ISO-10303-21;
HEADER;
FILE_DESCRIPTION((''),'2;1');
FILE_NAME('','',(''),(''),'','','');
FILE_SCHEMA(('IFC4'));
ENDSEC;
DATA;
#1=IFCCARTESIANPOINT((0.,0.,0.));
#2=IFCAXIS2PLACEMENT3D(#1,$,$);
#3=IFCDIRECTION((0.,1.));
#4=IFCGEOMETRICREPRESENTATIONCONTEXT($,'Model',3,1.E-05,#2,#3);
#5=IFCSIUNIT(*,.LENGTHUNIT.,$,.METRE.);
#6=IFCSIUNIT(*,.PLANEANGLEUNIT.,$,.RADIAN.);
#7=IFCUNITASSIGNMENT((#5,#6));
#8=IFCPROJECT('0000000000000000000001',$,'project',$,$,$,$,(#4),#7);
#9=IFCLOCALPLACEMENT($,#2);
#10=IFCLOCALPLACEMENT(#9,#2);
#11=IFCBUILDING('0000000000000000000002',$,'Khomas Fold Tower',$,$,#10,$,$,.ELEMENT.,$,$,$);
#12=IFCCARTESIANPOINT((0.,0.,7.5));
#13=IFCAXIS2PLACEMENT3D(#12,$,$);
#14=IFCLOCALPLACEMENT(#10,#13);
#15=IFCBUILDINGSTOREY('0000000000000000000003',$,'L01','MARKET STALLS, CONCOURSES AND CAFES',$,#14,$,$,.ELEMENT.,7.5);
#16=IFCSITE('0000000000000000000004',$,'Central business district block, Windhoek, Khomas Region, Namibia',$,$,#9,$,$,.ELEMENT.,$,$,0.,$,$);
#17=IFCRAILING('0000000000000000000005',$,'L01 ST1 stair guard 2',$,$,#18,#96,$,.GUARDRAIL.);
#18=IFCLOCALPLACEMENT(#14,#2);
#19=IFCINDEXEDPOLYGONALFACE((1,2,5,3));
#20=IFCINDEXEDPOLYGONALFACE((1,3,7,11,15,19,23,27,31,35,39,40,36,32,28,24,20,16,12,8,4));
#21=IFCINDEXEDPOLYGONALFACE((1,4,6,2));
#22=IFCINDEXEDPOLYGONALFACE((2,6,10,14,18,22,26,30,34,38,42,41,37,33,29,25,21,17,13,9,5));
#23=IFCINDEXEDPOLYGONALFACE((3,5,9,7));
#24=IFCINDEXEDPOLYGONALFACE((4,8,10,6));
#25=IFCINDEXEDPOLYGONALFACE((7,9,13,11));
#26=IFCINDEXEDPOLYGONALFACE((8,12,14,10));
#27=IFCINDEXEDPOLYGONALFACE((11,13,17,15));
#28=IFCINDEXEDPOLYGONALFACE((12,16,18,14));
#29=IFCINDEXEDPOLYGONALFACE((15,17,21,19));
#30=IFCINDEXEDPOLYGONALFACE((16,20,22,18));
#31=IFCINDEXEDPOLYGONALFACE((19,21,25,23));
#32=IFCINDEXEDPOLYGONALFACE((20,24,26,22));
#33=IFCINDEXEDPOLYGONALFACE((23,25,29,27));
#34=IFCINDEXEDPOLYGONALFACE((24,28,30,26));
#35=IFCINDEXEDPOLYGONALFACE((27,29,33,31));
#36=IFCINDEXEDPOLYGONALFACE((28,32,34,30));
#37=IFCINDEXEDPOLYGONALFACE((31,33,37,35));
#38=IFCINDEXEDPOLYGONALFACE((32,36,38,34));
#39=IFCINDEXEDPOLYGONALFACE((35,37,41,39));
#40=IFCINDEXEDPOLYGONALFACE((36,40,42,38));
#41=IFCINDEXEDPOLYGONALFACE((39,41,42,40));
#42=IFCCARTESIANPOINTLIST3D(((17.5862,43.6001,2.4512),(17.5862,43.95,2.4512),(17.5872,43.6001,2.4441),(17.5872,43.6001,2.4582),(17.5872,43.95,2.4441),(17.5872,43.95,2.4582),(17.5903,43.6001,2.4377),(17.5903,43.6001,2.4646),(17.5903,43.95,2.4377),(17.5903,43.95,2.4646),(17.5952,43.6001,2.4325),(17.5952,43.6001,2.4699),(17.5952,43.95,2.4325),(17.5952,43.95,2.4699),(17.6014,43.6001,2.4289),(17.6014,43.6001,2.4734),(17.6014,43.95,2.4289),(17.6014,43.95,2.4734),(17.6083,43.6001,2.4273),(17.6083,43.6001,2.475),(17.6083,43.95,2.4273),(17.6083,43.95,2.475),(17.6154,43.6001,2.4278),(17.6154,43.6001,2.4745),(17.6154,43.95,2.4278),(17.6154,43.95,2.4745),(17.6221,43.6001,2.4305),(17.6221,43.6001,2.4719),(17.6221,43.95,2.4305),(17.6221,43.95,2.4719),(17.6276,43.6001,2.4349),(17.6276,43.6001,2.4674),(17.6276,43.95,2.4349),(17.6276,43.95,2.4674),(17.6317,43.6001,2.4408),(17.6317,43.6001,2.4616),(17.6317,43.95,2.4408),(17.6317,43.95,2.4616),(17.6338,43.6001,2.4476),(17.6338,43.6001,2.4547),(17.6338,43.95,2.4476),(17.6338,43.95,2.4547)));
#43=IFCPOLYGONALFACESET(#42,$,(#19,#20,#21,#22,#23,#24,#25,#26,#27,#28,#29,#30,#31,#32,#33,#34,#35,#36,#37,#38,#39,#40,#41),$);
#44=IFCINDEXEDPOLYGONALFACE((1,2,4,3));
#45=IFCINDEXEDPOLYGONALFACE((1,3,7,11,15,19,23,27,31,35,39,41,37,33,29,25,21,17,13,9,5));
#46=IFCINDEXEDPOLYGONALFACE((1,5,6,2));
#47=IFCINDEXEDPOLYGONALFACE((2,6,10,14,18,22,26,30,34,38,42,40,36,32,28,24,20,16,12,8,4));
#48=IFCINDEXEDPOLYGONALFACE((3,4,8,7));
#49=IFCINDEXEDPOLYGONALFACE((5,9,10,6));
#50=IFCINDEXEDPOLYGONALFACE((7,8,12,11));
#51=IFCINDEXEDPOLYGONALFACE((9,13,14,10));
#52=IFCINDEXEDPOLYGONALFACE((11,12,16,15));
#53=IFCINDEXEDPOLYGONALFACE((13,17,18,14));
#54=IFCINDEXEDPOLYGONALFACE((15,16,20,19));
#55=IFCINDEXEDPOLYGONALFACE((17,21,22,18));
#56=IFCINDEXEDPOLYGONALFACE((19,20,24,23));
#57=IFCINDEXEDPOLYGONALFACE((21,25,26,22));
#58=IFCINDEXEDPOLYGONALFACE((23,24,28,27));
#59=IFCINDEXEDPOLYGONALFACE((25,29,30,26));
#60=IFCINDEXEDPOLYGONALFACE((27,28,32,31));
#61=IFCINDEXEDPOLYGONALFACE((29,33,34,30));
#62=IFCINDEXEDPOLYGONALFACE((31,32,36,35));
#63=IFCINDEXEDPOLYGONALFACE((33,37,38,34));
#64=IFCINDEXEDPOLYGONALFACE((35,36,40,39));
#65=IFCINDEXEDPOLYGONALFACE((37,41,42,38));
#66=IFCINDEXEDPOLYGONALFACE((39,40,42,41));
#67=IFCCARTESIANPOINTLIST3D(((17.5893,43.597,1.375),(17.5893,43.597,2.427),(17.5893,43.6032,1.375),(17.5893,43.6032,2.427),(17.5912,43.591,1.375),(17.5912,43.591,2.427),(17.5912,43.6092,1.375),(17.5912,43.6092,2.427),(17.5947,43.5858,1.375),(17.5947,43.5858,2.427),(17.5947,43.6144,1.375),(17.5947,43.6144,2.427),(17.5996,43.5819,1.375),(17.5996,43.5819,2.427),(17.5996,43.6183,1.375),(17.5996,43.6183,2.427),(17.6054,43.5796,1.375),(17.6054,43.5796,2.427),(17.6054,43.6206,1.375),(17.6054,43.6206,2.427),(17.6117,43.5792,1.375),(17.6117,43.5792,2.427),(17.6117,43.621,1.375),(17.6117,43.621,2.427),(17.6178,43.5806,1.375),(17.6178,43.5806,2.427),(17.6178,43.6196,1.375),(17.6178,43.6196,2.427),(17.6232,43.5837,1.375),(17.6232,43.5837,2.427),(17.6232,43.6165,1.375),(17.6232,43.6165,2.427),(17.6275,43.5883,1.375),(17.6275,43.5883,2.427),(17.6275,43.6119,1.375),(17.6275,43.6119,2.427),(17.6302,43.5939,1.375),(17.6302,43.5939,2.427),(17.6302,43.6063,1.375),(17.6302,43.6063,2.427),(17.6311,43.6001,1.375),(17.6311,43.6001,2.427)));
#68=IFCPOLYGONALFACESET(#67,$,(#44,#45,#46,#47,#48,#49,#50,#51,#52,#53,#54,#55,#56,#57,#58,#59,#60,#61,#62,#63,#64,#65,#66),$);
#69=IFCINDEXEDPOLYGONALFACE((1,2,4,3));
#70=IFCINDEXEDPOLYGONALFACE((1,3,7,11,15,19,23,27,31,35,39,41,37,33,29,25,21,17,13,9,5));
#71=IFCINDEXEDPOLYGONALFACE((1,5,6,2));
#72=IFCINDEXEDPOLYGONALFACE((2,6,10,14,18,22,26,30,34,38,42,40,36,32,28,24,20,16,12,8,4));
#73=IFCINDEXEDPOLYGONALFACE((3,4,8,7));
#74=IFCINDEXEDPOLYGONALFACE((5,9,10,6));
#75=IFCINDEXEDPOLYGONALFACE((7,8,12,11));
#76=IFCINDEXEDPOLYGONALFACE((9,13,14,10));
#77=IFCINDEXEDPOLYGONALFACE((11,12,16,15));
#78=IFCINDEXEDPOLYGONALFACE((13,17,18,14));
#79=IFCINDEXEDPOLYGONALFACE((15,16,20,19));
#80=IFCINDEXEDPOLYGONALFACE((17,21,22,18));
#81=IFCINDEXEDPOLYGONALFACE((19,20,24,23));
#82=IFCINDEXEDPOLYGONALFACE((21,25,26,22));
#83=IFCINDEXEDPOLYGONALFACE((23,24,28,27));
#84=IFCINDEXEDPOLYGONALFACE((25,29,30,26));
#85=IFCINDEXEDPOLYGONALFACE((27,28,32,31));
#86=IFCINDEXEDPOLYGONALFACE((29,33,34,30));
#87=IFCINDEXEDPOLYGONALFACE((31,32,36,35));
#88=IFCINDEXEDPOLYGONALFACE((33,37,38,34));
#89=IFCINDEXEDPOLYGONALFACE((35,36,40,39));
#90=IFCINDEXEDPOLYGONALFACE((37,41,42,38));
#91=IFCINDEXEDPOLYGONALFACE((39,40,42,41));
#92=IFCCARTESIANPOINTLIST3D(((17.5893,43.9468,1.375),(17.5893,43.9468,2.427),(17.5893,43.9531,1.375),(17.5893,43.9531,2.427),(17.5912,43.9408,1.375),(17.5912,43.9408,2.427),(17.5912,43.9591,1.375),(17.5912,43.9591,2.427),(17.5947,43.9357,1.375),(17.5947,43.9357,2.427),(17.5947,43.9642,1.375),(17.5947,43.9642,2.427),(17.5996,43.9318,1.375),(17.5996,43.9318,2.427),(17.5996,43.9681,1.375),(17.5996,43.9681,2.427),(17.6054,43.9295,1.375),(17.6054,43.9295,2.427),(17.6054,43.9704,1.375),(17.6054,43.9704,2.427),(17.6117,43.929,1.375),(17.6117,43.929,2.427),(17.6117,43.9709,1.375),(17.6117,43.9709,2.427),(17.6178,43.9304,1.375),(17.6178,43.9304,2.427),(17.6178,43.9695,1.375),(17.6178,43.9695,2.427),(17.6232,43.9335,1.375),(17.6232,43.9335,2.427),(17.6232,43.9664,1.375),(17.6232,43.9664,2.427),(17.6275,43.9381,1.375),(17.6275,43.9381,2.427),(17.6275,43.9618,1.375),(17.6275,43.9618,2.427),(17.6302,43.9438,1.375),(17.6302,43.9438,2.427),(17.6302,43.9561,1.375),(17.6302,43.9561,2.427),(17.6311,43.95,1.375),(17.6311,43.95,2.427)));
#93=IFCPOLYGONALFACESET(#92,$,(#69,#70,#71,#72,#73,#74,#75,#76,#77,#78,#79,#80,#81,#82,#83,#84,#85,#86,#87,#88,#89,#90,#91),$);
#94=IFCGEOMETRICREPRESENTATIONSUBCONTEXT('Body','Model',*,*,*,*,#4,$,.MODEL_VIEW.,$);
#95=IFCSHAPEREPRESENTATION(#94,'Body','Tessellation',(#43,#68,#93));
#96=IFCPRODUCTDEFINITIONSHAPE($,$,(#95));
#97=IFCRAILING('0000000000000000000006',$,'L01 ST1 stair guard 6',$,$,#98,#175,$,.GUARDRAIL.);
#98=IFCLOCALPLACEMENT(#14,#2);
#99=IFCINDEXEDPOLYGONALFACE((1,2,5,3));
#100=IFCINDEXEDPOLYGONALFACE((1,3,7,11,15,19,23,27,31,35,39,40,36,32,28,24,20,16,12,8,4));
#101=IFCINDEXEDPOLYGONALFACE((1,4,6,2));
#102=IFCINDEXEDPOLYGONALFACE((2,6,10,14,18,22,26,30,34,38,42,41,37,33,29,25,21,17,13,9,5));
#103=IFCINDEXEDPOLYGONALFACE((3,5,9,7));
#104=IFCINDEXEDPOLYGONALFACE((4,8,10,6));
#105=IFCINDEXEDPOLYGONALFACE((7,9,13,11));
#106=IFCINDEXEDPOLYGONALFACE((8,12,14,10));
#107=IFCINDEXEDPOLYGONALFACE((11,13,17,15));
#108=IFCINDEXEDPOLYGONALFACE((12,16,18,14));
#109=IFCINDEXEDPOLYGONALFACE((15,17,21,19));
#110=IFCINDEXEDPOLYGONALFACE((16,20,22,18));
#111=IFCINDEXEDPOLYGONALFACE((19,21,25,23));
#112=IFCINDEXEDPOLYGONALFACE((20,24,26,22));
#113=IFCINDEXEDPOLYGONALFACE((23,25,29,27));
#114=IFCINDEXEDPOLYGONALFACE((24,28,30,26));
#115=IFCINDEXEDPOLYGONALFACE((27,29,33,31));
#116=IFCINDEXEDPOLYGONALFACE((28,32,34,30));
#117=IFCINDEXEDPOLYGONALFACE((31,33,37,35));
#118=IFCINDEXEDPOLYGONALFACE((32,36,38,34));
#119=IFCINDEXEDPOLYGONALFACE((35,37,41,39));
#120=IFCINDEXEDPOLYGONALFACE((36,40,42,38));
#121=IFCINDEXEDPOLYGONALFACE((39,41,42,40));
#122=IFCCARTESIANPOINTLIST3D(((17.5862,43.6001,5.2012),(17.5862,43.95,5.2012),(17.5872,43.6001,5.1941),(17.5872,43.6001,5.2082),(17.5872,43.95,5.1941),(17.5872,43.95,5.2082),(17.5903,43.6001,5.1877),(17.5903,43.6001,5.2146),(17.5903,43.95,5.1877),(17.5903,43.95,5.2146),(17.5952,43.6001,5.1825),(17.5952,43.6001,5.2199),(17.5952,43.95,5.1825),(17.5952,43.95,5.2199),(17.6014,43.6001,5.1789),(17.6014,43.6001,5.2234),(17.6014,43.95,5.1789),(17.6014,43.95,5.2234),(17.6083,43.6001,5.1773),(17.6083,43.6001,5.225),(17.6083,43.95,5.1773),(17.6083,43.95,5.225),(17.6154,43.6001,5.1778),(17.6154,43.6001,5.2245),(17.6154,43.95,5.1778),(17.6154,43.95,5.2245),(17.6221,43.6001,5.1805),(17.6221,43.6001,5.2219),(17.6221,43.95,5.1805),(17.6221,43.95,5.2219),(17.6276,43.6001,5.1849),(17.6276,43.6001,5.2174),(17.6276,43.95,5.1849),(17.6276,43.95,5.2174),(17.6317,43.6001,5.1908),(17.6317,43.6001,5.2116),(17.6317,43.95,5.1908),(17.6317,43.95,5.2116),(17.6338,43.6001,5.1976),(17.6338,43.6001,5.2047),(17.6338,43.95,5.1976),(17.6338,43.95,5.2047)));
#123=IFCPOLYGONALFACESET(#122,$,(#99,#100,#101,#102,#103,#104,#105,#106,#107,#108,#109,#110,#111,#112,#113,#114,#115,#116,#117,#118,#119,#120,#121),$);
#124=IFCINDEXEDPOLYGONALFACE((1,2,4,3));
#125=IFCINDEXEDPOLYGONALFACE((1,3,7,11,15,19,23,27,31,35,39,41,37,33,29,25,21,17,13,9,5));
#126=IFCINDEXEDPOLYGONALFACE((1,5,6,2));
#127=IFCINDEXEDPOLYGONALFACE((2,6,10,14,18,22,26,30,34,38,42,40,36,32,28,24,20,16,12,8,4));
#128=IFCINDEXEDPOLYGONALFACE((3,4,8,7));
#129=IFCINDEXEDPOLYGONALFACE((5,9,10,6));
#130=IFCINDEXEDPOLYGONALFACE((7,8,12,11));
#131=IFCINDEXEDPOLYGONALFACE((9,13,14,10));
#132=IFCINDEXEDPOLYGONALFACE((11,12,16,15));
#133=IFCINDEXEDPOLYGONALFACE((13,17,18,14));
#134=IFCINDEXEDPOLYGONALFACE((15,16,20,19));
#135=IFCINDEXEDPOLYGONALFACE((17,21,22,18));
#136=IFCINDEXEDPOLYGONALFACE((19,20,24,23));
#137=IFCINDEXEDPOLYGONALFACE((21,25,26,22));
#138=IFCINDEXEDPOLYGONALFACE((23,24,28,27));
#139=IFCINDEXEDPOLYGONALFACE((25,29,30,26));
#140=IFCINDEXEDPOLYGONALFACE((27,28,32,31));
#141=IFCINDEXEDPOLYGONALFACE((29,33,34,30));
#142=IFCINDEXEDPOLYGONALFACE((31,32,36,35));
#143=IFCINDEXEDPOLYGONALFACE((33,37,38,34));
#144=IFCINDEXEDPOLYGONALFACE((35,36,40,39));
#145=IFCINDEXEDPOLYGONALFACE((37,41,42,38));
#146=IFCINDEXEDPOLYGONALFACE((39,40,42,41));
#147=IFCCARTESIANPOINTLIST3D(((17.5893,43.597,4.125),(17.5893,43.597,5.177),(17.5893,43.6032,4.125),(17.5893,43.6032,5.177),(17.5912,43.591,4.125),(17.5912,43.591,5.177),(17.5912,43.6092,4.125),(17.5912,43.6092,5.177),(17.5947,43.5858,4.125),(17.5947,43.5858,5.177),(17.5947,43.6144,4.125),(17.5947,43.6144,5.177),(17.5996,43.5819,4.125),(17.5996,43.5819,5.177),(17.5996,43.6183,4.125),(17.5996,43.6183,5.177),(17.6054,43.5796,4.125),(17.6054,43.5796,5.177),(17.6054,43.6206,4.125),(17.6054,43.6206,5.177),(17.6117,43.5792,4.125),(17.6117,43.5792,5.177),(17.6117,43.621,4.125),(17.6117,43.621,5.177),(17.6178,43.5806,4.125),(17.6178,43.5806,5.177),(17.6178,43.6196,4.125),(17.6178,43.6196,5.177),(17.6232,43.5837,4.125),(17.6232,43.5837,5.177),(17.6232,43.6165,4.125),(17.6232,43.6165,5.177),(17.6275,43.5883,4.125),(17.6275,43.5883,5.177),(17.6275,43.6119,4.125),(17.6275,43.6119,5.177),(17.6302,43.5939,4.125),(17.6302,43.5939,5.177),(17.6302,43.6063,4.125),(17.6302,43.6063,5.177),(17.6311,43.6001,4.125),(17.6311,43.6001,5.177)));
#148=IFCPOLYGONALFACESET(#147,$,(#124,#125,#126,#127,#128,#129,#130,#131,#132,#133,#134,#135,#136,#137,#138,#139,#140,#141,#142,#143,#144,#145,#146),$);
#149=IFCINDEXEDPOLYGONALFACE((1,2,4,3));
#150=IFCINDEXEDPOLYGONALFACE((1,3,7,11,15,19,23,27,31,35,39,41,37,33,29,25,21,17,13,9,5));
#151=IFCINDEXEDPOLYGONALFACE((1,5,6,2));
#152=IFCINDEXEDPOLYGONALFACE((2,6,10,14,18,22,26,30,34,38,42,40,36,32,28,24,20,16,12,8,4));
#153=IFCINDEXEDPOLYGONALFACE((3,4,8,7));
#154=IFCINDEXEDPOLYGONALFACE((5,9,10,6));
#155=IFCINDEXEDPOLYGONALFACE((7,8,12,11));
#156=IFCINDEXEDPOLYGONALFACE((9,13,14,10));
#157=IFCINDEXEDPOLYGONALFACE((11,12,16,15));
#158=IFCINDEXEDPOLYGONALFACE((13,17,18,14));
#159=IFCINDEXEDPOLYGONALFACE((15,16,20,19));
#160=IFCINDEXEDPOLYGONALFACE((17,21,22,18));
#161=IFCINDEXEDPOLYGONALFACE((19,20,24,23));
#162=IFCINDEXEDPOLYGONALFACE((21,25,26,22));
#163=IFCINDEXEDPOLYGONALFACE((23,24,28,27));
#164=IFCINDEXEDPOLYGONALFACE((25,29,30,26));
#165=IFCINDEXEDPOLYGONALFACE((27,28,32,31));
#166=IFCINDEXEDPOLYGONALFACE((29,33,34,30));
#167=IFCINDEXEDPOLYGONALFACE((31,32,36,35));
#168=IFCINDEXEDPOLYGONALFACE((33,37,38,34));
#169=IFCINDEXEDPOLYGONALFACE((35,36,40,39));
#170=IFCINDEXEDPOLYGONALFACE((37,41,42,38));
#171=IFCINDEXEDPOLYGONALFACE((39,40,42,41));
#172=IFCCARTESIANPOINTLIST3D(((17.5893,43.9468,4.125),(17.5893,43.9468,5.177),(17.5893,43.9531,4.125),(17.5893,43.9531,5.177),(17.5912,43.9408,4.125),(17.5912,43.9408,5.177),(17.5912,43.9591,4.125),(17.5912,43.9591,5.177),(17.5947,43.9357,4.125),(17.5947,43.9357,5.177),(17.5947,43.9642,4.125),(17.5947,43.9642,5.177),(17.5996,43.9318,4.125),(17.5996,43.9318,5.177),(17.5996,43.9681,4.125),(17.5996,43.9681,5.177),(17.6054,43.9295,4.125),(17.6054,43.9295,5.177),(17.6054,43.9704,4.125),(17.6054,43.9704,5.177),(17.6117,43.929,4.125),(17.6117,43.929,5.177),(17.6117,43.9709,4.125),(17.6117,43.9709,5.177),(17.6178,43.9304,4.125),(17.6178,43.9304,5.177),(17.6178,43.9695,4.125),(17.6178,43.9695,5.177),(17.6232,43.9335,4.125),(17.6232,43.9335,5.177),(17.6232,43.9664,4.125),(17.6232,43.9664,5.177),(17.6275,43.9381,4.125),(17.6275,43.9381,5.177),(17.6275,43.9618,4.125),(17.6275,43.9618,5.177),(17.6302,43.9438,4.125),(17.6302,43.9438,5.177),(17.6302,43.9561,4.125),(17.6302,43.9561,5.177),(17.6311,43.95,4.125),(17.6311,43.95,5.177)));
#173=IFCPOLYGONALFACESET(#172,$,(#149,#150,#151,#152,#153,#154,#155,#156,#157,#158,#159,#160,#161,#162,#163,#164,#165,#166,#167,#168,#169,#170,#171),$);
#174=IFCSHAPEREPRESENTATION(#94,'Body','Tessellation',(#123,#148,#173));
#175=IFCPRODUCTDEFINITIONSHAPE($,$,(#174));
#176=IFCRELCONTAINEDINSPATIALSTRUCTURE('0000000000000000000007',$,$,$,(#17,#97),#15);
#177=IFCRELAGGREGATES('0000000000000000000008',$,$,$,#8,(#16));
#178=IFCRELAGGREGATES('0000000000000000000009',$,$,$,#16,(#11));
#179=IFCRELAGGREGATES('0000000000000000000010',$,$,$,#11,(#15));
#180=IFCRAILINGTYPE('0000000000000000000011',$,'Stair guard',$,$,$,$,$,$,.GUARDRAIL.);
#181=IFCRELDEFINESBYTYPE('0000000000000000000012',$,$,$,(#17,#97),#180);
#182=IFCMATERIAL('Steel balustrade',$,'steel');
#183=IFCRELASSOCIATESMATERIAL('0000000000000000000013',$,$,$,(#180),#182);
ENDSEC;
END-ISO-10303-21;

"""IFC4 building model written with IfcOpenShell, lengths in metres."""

from ifc_helpers import new_model, si_unit, direction, frame, origin, origin_2d, place, context, subcontext, project, spatial, circle, extrude, source, transform, mapped, material, type_object, element, save


model = new_model("IFC4")

# Units and contexts
model_context = context("Model", 3, precision=1e-05, world=origin(), true_north=direction((0.0, 1.0)))
body_context = subcontext(model_context, "Body", "Model", "MODEL_VIEW")
ifc_project = project(units=[si_unit("LENGTHUNIT", "METRE"), si_unit("PLANEANGLEUNIT", "RADIAN")], contexts=[model_context])

# Site, building, storey
site_placement = place(None, origin())
site = spatial("IfcSite", under=ifc_project, at=site_placement, Name="Central business district block, Windhoek, Khomas Region, Namibia", CompositionType="ELEMENT", RefElevation=0.0)
building_placement = place(site_placement, origin())
building = spatial("IfcBuilding", under=site, at=building_placement, Name="Khomas Fold Tower", CompositionType="ELEMENT")
storey_placement = place(building_placement, frame((0.0, 0.0, 7.5)))
storey = spatial("IfcBuildingStorey", under=building, at=storey_placement, Name="L01", Description="MARKET STALLS, CONCOURSES AND CAFES", CompositionType="ELEMENT", Elevation=7.5)

# Railings
ifc_material_1 = material(Name="Steel balustrade", Category="steel")
railing_type_1 = type_object("IfcRailingType", Name="Stair guard", PredefinedType="GUARDRAIL", material=ifc_material_1)
shared_shape_1 = source(origin(), body_context, "Body", "SweptSolid", [
    extrude(circle(Radius=0.0239, at=origin_2d()), frame((0.0, 0.0, 1.0762), z_axis=(0.0, 1.0, 0.0), x_axis=(-1.0, 0.0, 0.0)), (0.0, 0.0, 1.0), 0.3499),
    extrude(circle(Radius=0.021, at=origin_2d()), origin(), (0.0, 0.0, 1.0), 1.052),
    extrude(circle(Radius=0.021, at=origin_2d()), frame((0.0, 0.3499, 0.0)), (0.0, 0.0, 1.0), 1.052),
])
for number, where, name in (
    (1, (17.6101, 43.6001, 1.375), "L01 ST1 stair guard 2"),
    (2, (17.6101, 43.6001, 4.125), "L01 ST1 stair guard 6"),
):
    element("IfcRailing", number, at=place(storey_placement, frame(where)), inside=storey, type_object=railing_type_1, Name=name, PredefinedType="GUARDRAIL", context=body_context, shape_type="MappedRepresentation", body=[
        mapped(shared_shape_1, transform((0.0, 0.0, 0.0))),
    ])

save(model, "model.ifc")
